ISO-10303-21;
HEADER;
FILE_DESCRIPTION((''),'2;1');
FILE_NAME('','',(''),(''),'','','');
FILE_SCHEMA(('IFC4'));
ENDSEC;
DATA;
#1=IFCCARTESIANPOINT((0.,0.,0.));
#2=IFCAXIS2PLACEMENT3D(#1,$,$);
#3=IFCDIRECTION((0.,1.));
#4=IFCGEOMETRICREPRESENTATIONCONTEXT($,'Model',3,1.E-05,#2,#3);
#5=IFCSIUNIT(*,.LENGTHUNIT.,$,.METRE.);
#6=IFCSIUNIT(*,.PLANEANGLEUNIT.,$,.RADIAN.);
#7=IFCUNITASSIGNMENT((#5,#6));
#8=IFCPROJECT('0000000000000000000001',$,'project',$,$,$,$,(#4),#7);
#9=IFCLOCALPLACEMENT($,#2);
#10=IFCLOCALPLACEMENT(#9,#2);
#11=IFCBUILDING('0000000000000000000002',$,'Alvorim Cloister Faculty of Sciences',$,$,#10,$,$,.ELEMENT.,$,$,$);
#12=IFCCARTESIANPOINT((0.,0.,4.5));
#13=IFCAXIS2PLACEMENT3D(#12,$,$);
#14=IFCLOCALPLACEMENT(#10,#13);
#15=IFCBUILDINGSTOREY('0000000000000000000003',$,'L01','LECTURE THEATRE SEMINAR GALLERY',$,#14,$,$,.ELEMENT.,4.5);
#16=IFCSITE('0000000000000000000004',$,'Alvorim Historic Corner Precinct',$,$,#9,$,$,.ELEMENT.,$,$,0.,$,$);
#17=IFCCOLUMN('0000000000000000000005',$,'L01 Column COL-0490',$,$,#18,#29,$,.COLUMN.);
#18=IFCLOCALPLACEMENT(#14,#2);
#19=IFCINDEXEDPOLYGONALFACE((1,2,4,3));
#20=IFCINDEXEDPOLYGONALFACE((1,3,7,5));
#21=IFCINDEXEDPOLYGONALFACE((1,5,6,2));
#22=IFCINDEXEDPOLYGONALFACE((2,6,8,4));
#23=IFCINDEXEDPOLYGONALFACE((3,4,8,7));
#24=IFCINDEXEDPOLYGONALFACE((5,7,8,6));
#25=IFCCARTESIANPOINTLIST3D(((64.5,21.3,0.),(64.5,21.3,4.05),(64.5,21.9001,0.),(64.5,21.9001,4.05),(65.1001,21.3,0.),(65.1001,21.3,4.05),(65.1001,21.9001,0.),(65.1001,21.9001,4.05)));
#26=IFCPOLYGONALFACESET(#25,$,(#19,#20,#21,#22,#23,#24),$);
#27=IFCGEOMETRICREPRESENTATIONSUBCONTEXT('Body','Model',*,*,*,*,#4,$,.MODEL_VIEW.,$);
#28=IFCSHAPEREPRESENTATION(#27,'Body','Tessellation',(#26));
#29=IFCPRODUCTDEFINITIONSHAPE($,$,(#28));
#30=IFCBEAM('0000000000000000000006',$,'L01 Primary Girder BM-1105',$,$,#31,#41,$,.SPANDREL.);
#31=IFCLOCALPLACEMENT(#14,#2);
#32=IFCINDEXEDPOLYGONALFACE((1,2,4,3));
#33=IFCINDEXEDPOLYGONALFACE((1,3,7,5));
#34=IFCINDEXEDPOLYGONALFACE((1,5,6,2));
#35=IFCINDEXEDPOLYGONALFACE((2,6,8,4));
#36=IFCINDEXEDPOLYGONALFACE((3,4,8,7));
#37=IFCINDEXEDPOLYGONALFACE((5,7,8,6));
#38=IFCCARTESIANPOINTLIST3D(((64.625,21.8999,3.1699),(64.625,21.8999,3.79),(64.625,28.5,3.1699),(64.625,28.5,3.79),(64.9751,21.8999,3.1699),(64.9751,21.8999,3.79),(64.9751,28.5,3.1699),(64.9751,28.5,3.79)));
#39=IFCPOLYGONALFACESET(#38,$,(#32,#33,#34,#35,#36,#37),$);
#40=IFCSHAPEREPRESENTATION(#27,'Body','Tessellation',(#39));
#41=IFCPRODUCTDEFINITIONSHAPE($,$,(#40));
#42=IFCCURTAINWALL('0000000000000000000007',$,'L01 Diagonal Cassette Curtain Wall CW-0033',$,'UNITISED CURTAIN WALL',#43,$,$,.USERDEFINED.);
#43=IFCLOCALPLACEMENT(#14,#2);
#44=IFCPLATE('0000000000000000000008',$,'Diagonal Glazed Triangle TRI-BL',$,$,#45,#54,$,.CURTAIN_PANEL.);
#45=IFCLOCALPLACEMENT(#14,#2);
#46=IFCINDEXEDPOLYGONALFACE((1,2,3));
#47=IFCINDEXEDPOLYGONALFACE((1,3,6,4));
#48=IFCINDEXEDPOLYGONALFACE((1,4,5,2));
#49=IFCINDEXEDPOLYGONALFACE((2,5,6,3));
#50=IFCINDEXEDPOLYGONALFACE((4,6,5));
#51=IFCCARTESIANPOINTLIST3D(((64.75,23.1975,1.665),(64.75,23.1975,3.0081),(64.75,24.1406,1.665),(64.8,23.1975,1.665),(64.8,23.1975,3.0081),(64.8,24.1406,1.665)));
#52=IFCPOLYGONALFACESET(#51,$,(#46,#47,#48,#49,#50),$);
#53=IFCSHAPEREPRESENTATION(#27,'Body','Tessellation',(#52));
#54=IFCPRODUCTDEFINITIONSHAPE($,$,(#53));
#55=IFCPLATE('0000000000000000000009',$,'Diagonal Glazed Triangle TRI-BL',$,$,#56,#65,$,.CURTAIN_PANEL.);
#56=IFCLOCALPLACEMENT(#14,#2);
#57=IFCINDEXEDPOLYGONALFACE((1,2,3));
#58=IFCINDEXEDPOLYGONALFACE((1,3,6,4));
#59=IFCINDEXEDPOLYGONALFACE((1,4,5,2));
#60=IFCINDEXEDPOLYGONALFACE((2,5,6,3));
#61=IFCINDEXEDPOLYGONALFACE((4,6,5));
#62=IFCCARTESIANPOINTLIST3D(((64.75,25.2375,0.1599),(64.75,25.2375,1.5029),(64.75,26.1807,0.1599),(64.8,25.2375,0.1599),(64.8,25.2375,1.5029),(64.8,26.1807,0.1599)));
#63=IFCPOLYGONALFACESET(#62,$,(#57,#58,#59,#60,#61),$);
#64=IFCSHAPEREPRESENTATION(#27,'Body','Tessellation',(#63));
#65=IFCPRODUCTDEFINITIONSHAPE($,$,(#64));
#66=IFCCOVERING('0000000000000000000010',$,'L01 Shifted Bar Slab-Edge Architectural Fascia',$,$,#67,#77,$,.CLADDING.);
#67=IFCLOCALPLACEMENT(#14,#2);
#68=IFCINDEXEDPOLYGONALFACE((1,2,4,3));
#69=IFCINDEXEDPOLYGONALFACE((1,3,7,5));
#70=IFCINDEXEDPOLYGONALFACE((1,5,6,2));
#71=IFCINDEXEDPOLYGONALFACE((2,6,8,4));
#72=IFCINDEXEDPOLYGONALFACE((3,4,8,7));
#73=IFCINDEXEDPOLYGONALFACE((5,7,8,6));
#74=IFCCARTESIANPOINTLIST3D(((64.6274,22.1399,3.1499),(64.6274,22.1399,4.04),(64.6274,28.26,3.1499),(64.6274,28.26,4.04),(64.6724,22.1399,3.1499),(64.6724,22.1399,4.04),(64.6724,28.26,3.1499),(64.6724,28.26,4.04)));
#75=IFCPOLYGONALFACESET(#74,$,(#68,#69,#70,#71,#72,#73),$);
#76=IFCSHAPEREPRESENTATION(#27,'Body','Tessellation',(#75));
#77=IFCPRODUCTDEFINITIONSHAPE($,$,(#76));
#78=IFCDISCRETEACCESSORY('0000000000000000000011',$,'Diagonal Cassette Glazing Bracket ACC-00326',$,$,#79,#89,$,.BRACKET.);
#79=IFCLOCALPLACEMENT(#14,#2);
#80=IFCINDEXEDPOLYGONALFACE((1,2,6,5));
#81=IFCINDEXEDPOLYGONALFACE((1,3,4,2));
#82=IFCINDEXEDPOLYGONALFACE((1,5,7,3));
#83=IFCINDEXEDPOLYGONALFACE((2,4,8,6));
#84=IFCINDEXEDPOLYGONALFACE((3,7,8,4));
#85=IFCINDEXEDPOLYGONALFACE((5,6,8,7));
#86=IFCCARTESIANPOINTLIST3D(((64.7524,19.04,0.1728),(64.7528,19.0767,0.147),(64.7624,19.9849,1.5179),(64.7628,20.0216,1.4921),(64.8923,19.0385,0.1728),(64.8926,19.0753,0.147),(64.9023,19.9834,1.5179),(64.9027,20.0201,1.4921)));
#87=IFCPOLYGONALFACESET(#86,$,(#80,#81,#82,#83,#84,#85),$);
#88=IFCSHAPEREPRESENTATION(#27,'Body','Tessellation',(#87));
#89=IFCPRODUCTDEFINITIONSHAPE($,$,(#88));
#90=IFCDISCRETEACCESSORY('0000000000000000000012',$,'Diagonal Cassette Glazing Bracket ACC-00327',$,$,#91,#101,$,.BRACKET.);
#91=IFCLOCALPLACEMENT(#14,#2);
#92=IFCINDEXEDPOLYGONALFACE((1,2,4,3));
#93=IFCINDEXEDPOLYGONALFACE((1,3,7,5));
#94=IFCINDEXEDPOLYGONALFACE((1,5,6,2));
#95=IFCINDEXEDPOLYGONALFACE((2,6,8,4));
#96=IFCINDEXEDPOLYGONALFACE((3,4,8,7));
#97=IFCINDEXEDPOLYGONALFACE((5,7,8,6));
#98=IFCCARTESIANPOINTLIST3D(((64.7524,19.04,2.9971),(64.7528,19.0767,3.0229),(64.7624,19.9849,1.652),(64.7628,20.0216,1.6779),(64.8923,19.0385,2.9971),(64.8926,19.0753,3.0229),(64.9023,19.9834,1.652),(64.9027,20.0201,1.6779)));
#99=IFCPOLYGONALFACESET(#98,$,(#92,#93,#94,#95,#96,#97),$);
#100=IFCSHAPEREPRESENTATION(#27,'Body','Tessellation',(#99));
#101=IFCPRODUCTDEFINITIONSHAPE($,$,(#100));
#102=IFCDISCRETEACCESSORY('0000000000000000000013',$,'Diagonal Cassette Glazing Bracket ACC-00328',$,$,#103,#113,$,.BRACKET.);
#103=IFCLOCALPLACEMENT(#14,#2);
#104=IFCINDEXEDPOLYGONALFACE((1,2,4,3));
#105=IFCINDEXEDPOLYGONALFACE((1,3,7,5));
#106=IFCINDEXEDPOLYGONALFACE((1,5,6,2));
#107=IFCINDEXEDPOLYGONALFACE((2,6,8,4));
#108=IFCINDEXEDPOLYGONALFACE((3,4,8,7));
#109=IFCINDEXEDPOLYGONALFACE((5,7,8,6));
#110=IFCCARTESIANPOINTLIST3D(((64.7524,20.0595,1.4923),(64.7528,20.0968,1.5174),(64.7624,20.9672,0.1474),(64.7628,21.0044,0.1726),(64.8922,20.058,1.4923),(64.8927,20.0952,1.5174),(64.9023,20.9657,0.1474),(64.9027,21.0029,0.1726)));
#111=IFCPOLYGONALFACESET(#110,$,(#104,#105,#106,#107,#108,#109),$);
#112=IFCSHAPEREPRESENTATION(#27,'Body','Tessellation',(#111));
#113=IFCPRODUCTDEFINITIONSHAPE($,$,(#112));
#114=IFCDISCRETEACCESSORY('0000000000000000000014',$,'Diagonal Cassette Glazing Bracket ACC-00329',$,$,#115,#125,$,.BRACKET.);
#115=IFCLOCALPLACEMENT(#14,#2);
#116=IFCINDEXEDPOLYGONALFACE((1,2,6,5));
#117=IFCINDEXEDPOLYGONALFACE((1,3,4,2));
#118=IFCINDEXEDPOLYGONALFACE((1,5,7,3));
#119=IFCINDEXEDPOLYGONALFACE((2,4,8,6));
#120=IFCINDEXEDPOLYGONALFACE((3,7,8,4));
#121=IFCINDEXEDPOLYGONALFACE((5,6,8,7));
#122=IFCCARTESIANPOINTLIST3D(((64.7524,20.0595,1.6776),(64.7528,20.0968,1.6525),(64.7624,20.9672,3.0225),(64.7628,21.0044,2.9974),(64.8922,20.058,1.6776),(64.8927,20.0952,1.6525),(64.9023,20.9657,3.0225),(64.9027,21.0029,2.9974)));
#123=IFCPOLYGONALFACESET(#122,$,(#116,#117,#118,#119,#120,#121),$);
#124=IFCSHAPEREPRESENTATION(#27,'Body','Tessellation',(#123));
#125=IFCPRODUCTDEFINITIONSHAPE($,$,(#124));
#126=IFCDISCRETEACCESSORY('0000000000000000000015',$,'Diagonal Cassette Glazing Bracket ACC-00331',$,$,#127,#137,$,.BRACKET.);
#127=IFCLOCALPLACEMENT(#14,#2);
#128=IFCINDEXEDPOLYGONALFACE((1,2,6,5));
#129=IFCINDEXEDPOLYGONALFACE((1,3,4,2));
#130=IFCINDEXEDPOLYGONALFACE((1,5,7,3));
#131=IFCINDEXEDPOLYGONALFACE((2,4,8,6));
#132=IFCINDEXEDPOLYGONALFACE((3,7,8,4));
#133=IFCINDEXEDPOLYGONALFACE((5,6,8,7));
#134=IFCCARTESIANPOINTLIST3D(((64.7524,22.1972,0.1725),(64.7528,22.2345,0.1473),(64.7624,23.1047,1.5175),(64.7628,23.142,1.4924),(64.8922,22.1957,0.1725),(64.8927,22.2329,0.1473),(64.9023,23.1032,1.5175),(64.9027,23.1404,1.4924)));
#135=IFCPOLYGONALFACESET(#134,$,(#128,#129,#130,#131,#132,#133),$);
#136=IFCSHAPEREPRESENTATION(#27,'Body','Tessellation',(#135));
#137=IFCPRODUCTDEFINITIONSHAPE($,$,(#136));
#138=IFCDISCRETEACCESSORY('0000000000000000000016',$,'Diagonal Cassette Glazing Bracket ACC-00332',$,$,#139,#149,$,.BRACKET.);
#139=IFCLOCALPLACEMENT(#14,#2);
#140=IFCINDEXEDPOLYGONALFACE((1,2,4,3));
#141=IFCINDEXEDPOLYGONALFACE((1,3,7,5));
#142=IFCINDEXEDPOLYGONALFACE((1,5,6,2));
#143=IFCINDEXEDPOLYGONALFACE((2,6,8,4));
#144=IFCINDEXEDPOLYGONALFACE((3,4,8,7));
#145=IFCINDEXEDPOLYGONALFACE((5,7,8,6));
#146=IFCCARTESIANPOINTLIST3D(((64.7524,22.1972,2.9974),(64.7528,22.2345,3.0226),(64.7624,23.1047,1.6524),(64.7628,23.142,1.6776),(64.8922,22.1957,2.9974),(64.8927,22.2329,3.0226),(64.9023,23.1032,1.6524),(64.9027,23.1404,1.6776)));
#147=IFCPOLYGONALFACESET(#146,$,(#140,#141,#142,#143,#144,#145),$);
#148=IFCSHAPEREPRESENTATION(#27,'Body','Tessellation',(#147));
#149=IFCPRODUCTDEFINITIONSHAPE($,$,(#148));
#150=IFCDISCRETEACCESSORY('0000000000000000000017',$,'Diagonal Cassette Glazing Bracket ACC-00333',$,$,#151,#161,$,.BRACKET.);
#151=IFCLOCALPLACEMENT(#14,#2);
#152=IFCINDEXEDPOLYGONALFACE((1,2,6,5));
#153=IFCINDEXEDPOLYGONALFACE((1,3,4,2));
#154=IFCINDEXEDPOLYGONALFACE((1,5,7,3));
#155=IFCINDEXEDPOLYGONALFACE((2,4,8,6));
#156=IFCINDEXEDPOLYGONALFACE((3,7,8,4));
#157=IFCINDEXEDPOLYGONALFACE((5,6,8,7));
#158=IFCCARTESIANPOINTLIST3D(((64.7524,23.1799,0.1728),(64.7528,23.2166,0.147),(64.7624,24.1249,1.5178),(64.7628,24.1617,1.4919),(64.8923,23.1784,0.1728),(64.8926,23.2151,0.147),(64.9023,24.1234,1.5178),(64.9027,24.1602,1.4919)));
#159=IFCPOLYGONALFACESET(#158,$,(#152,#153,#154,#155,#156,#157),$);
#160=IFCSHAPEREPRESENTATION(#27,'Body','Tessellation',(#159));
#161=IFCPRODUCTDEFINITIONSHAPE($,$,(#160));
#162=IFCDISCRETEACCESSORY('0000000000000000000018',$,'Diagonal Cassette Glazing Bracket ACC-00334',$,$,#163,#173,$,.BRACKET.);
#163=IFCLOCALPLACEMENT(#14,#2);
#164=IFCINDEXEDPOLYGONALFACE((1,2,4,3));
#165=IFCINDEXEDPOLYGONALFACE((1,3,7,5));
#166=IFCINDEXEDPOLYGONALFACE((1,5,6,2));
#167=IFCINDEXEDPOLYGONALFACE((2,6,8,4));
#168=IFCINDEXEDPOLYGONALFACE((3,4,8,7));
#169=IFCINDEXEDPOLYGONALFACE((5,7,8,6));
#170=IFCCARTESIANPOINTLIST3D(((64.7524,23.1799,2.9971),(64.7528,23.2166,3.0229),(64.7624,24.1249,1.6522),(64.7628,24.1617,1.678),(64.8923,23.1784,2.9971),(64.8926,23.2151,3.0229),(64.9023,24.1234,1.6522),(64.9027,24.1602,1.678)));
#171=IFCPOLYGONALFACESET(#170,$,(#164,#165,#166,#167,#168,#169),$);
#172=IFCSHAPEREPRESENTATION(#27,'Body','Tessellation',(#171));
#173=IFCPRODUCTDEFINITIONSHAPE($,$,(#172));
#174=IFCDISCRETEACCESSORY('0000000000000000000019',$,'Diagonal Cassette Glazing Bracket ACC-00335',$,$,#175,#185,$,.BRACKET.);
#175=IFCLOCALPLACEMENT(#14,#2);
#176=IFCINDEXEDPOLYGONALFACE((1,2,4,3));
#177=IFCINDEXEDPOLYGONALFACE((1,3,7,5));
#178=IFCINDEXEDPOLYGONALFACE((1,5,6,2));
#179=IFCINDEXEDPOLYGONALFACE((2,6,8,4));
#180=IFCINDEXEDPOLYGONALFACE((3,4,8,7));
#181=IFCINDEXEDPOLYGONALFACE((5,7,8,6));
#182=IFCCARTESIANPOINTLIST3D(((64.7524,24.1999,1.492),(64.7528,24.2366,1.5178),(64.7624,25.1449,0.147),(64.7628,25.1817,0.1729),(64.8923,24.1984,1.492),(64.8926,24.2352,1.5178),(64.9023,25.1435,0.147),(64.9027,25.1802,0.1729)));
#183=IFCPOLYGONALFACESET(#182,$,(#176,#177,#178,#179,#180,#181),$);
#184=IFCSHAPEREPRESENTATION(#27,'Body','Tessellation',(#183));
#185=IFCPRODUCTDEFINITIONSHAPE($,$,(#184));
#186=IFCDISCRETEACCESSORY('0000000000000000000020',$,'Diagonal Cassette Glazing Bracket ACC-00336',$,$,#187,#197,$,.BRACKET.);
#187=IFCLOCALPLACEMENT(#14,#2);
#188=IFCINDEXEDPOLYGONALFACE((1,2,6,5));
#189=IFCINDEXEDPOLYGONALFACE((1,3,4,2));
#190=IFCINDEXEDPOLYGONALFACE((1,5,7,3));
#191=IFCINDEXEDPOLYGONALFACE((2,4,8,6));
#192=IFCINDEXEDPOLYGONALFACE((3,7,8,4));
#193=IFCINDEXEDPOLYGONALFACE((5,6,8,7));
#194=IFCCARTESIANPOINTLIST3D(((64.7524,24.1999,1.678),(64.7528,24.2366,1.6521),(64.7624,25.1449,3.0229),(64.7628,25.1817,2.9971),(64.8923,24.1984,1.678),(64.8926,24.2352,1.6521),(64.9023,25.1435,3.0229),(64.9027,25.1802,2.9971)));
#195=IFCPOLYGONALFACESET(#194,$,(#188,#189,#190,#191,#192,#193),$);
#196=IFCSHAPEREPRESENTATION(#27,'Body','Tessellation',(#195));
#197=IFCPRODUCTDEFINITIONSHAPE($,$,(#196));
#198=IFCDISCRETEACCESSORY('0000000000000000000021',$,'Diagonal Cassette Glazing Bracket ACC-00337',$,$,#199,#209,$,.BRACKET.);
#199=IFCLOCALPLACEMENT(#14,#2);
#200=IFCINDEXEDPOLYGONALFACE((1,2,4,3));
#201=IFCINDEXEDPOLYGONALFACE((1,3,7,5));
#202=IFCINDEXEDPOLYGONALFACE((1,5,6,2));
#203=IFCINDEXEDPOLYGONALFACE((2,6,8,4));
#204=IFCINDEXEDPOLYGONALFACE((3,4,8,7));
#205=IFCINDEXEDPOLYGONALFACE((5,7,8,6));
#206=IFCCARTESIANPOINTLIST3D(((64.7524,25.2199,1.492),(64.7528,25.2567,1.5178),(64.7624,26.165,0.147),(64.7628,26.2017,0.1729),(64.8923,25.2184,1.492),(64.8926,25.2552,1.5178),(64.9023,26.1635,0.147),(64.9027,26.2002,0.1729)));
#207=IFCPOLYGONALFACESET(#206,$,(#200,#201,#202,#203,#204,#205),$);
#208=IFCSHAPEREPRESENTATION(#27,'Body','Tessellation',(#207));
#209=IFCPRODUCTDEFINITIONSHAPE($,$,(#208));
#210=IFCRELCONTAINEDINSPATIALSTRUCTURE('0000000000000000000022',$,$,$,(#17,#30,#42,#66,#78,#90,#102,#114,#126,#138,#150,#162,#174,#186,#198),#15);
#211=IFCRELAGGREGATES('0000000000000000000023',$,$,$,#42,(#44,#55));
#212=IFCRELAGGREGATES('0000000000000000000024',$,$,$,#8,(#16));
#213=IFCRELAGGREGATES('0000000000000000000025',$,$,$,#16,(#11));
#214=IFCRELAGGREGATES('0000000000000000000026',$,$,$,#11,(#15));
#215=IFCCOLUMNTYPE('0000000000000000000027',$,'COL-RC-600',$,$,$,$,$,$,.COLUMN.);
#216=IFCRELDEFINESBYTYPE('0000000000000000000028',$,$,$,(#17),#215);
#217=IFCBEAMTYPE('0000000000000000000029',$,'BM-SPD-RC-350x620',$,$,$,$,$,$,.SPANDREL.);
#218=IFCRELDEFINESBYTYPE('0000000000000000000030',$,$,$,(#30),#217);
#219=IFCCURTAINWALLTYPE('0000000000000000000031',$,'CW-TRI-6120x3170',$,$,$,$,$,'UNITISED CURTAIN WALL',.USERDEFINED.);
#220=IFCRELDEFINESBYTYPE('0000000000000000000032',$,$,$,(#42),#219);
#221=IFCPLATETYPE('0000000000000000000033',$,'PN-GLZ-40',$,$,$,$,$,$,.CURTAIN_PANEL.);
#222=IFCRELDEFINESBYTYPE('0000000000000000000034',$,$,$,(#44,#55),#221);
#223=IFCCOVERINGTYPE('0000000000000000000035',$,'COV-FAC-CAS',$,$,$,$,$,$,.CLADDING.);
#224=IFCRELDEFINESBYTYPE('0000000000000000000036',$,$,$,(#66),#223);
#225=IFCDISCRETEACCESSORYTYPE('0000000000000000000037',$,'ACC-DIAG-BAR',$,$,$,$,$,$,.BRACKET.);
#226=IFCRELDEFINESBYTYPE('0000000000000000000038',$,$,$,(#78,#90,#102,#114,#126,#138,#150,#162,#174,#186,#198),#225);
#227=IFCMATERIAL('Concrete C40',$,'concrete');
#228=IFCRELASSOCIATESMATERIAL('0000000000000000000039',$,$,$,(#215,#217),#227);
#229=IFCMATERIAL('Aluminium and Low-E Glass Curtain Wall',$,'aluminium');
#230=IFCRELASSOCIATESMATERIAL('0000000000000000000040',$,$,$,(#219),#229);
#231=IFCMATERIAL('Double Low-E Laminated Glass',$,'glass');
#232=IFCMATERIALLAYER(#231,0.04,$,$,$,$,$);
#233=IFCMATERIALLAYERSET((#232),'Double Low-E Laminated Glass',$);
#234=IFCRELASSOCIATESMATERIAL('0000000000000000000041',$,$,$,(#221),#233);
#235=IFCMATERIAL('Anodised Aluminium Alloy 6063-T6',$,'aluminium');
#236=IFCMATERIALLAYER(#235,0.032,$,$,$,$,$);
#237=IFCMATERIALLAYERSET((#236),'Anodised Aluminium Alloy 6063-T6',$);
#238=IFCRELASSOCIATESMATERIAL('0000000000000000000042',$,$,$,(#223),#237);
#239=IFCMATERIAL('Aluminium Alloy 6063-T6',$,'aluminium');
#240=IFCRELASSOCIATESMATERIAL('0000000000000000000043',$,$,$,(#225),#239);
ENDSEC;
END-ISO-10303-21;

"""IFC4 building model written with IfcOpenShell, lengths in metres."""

from ifc_helpers import new_model, si_unit, direction, frame, origin, origin_2d, place, context, subcontext, project, spatial, polyline, rectangle, outline, extrude, material, layer, layer_set, material_profile, profile_set, type_object, element, aggregate, save


model = new_model("IFC4")

# Units and contexts
model_context = context("Model", 3, precision=1e-05, world=origin(), true_north=direction((0.0, 1.0)))
body_context = subcontext(model_context, "Body", "Model", "MODEL_VIEW")
ifc_project = project(units=[si_unit("LENGTHUNIT", "METRE"), si_unit("PLANEANGLEUNIT", "RADIAN")], contexts=[model_context])

# Site, building, storey
site_placement = place(None, origin())
site = spatial("IfcSite", under=ifc_project, at=site_placement, Name="Alvorim Historic Corner Precinct", CompositionType="ELEMENT", RefElevation=0.0)
building_placement = place(site_placement, origin())
building = spatial("IfcBuilding", under=site, at=building_placement, Name="Alvorim Cloister Faculty of Sciences", CompositionType="ELEMENT")
storey_placement = place(building_placement, frame((0.0, 0.0, 4.5)))
storey = spatial("IfcBuildingStorey", under=building, at=storey_placement, Name="L01", Description="LECTURE THEATRE SEMINAR GALLERY", CompositionType="ELEMENT", Elevation=4.5)

# Column
ifc_material_1 = material(Name="Concrete C40", Category="concrete")
ifc_material_profile_1 = material_profile(ifc_material_1, rectangle(XDim=0.6001, YDim=0.6001, at=origin_2d()), Name="RC40-COL-600x600")
ifc_profile_set_1 = profile_set([ifc_material_profile_1], Name="Concrete C40")
column_type = type_object("IfcColumnType", Name="COL-RC-600", PredefinedType="COLUMN", material=ifc_profile_set_1)
column_placement = place(storey_placement, frame((64.8, 21.6001, 0.0), z_axis=(0.0, 0.0, 1.0), x_axis=(1.0, 0.0, 0.0)))
element("IfcColumn", 1, at=column_placement, inside=storey, type_object=column_type, Name="L01 Column COL-0490", PredefinedType="COLUMN", context=body_context, shape_type="SweptSolid", body=[
    extrude(rectangle(XDim=0.6001, YDim=0.6001, at=origin_2d()), origin(), (0.0, 0.0, 1.0), 4.05),
])

# Beam
ifc_material_profile_2 = material_profile(ifc_material_1, rectangle(XDim=0.3501, YDim=0.6201, at=origin_2d()), Name="RC40-SPD-350x620")
ifc_profile_set_2 = profile_set([ifc_material_profile_2], Name="Concrete C40")
beam_type = type_object("IfcBeamType", Name="BM-SPD-RC-350x620", PredefinedType="SPANDREL", material=ifc_profile_set_2)
beam_placement = place(storey_placement, frame((64.8, 21.8999, 3.48), z_axis=(0.0, 1.0, 0.0), x_axis=(-1.0, 0.0, 0.0)))
element("IfcBeam", 2, at=beam_placement, inside=storey, type_object=beam_type, Name="L01 Primary Girder BM-1105", PredefinedType="SPANDREL", context=body_context, shape_type="SweptSolid", body=[
    extrude(rectangle(XDim=0.3501, YDim=0.6201, at=origin_2d()), origin(), (0.0, 0.0, 1.0), 6.6001),
])

# Curtain wall, plates
ifc_material_2 = material(Name="Aluminium and Low-E Glass Curtain Wall", Category="aluminium")
curtain_wall_type = type_object("IfcCurtainWallType", Name="CW-TRI-6120x3170", ElementType="UNITISED CURTAIN WALL", PredefinedType="USERDEFINED", material=ifc_material_2)
ifc_material_3 = material(Name="Double Low-E Laminated Glass", Category="glass")
ifc_layer_1 = layer(ifc_material_3, 0.04)
ifc_layer_set_1 = layer_set([ifc_layer_1], Name="Double Low-E Laminated Glass")
plate_type = type_object("IfcPlateType", Name="PN-GLZ-40", PredefinedType="CURTAIN_PANEL", material=ifc_layer_set_1)
curtain_wall_1_placement = place(storey_placement, origin())
curtain_wall_1 = element("IfcCurtainWall", 3, at=curtain_wall_1_placement, inside=storey, type_object=curtain_wall_type, Name="L01 Diagonal Cassette Curtain Wall CW-0033", ObjectType="UNITISED CURTAIN WALL", PredefinedType="USERDEFINED")
plate_1_placement = place(storey_placement, frame((64.7749, 23.1975, 1.665), z_axis=(0.0, 0.0, 1.0), x_axis=(0.0, 1.0, 0.0)))
plate_1 = element("IfcPlate", 4, at=plate_1_placement, type_object=plate_type, Name="Diagonal Glazed Triangle TRI-BL", PredefinedType="CURTAIN_PANEL", context=body_context, shape_type="SweptSolid", body=[
    extrude(outline(polyline([(0.0, 0.0), (0.9431, 0.0), (0.0, 1.343), (0.0, 0.0)])), frame((0.0, 0.0249, 0.0), z_axis=(0.0, -1.0, 0.0), x_axis=(1.0, 0.0, 0.0)), (0.0, 0.0, 1.0), 0.05),
])
plate_2_placement = place(storey_placement, frame((64.7749, 25.2375, 0.1599), z_axis=(0.0, 0.0, 1.0), x_axis=(0.0, 1.0, 0.0)))
plate_2 = element("IfcPlate", 5, at=plate_2_placement, type_object=plate_type, Name="Diagonal Glazed Triangle TRI-BL", PredefinedType="CURTAIN_PANEL", context=body_context, shape_type="SweptSolid", body=[
    extrude(outline(polyline([(0.0, 0.0), (0.9431, 0.0), (0.0, 1.343), (0.0, 0.0)])), frame((0.0, 0.0249, 0.0), z_axis=(0.0, -1.0, 0.0), x_axis=(1.0, 0.0, 0.0)), (0.0, 0.0, 1.0), 0.05),
])
aggregate(curtain_wall_1, [plate_1, plate_2])

# Covering
ifc_material_4 = material(Name="Anodised Aluminium Alloy 6063-T6", Category="aluminium")
ifc_layer_2 = layer(ifc_material_4, 0.032)
ifc_layer_set_2 = layer_set([ifc_layer_2], Name="Anodised Aluminium Alloy 6063-T6")
covering_type = type_object("IfcCoveringType", Name="COV-FAC-CAS", PredefinedType="CLADDING", material=ifc_layer_set_2)
covering_placement = place(storey_placement, frame((64.6499, 22.1399, 3.1499), z_axis=(0.0, 0.0, 1.0), x_axis=(0.0, 1.0, 0.0)))
element("IfcCovering", 6, at=covering_placement, inside=storey, type_object=covering_type, Name="L01 Shifted Bar Slab-Edge Architectural Fascia", PredefinedType="CLADDING", context=body_context, shape_type="SweptSolid", body=[
    extrude(outline(polyline([(0.0, 0.0), (6.1201, 0.0), (6.1201, 0.8901), (0.0, 0.8901), (0.0, 0.0)])), frame((0.0, 0.0225, 0.0), z_axis=(0.0, -1.0, 0.0), x_axis=(1.0, 0.0, 0.0)), (0.0, 0.0, 1.0), 0.0449),
])

# Discrete accessories
ifc_material_5 = material(Name="Aluminium Alloy 6063-T6", Category="aluminium")
discrete_accessory_type = type_object("IfcDiscreteAccessoryType", Name="ACC-DIAG-BAR", PredefinedType="BRACKET", material=ifc_material_5)
for number, where, z_axis, x_axis, name in (
    (7, (64.8225, 19.0576, 0.1599), (0.00609, 0.574817, 0.81826), (-0.999944, 0.010594, 0.0), "Diagonal Cassette Glazing Bracket ACC-00326"),
    (8, (64.8225, 19.0576, 3.01), (0.00609, 0.574817, -0.81826), (-0.999944, 0.010594, 0.0), "Diagonal Cassette Glazing Bracket ACC-00327"),
):
    element("IfcDiscreteAccessory", number, at=place(storey_placement, frame(where, z_axis=z_axis, x_axis=x_axis)), inside=storey, type_object=discrete_accessory_type, Name=name, PredefinedType="BRACKET", context=body_context, shape_type="SweptSolid", body=[
        extrude(rectangle(XDim=0.1399, YDim=0.0449, at=origin_2d()), origin(), (0.0, 0.0, 1.0), 1.6438),
    ])
for number, where, z_axis, x_axis, name in (
    (9, (64.8225, 20.0774, 1.5049), (0.006169, 0.559403, -0.828873), (-0.999939, 0.011027, 0.0), "Diagonal Cassette Glazing Bracket ACC-00328"),
    (10, (64.8225, 20.0774, 1.665), (0.006169, 0.559403, 0.828873), (-0.999939, 0.011027, 0.0), "Diagonal Cassette Glazing Bracket ACC-00329"),
    (11, (64.8225, 22.2151, 0.1599), (0.006169, 0.559299, 0.828943), (-0.999939, 0.01103, 0.0), "Diagonal Cassette Glazing Bracket ACC-00331"),
    (12, (64.8225, 22.2151, 3.01), (0.006169, 0.559299, -0.828943), (-0.999939, 0.01103, 0.0), "Diagonal Cassette Glazing Bracket ACC-00332"),
):
    element("IfcDiscreteAccessory", number, at=place(storey_placement, frame(where, z_axis=z_axis, x_axis=x_axis)), inside=storey, type_object=discrete_accessory_type, Name=name, PredefinedType="BRACKET", context=body_context, shape_type="SweptSolid", body=[
        extrude(rectangle(XDim=0.1399, YDim=0.0449, at=origin_2d()), origin(), (0.0, 0.0, 1.0), 1.6226),
    ])
for number, where, z_axis, x_axis, name in (
    (13, (64.8225, 23.1975, 0.1599), (0.006089, 0.574916, 0.81819), (-0.999944, 0.010591, 0.0), "Diagonal Cassette Glazing Bracket ACC-00333"),
    (14, (64.8225, 23.1975, 3.01), (0.006089, 0.574916, -0.81819), (-0.999944, 0.010591, 0.0), "Diagonal Cassette Glazing Bracket ACC-00334"),
    (15, (64.8225, 24.2175, 1.5049), (0.006089, 0.574916, -0.81819), (-0.999944, 0.010591, 0.0), "Diagonal Cassette Glazing Bracket ACC-00335"),
    (16, (64.8225, 24.2175, 1.665), (0.006089, 0.574916, 0.81819), (-0.999944, 0.010591, 0.0), "Diagonal Cassette Glazing Bracket ACC-00336"),
    (17, (64.8225, 25.2375, 1.5049), (0.006089, 0.574916, -0.81819), (-0.999944, 0.010591, 0.0), "Diagonal Cassette Glazing Bracket ACC-00337"),
):
    element("IfcDiscreteAccessory", number, at=place(storey_placement, frame(where, z_axis=z_axis, x_axis=x_axis)), inside=storey, type_object=discrete_accessory_type, Name=name, PredefinedType="BRACKET", context=body_context, shape_type="SweptSolid", body=[
        extrude(rectangle(XDim=0.1399, YDim=0.0449, at=origin_2d()), origin(), (0.0, 0.0, 1.0), 1.6438),
    ])

save(model, "model.ifc")
